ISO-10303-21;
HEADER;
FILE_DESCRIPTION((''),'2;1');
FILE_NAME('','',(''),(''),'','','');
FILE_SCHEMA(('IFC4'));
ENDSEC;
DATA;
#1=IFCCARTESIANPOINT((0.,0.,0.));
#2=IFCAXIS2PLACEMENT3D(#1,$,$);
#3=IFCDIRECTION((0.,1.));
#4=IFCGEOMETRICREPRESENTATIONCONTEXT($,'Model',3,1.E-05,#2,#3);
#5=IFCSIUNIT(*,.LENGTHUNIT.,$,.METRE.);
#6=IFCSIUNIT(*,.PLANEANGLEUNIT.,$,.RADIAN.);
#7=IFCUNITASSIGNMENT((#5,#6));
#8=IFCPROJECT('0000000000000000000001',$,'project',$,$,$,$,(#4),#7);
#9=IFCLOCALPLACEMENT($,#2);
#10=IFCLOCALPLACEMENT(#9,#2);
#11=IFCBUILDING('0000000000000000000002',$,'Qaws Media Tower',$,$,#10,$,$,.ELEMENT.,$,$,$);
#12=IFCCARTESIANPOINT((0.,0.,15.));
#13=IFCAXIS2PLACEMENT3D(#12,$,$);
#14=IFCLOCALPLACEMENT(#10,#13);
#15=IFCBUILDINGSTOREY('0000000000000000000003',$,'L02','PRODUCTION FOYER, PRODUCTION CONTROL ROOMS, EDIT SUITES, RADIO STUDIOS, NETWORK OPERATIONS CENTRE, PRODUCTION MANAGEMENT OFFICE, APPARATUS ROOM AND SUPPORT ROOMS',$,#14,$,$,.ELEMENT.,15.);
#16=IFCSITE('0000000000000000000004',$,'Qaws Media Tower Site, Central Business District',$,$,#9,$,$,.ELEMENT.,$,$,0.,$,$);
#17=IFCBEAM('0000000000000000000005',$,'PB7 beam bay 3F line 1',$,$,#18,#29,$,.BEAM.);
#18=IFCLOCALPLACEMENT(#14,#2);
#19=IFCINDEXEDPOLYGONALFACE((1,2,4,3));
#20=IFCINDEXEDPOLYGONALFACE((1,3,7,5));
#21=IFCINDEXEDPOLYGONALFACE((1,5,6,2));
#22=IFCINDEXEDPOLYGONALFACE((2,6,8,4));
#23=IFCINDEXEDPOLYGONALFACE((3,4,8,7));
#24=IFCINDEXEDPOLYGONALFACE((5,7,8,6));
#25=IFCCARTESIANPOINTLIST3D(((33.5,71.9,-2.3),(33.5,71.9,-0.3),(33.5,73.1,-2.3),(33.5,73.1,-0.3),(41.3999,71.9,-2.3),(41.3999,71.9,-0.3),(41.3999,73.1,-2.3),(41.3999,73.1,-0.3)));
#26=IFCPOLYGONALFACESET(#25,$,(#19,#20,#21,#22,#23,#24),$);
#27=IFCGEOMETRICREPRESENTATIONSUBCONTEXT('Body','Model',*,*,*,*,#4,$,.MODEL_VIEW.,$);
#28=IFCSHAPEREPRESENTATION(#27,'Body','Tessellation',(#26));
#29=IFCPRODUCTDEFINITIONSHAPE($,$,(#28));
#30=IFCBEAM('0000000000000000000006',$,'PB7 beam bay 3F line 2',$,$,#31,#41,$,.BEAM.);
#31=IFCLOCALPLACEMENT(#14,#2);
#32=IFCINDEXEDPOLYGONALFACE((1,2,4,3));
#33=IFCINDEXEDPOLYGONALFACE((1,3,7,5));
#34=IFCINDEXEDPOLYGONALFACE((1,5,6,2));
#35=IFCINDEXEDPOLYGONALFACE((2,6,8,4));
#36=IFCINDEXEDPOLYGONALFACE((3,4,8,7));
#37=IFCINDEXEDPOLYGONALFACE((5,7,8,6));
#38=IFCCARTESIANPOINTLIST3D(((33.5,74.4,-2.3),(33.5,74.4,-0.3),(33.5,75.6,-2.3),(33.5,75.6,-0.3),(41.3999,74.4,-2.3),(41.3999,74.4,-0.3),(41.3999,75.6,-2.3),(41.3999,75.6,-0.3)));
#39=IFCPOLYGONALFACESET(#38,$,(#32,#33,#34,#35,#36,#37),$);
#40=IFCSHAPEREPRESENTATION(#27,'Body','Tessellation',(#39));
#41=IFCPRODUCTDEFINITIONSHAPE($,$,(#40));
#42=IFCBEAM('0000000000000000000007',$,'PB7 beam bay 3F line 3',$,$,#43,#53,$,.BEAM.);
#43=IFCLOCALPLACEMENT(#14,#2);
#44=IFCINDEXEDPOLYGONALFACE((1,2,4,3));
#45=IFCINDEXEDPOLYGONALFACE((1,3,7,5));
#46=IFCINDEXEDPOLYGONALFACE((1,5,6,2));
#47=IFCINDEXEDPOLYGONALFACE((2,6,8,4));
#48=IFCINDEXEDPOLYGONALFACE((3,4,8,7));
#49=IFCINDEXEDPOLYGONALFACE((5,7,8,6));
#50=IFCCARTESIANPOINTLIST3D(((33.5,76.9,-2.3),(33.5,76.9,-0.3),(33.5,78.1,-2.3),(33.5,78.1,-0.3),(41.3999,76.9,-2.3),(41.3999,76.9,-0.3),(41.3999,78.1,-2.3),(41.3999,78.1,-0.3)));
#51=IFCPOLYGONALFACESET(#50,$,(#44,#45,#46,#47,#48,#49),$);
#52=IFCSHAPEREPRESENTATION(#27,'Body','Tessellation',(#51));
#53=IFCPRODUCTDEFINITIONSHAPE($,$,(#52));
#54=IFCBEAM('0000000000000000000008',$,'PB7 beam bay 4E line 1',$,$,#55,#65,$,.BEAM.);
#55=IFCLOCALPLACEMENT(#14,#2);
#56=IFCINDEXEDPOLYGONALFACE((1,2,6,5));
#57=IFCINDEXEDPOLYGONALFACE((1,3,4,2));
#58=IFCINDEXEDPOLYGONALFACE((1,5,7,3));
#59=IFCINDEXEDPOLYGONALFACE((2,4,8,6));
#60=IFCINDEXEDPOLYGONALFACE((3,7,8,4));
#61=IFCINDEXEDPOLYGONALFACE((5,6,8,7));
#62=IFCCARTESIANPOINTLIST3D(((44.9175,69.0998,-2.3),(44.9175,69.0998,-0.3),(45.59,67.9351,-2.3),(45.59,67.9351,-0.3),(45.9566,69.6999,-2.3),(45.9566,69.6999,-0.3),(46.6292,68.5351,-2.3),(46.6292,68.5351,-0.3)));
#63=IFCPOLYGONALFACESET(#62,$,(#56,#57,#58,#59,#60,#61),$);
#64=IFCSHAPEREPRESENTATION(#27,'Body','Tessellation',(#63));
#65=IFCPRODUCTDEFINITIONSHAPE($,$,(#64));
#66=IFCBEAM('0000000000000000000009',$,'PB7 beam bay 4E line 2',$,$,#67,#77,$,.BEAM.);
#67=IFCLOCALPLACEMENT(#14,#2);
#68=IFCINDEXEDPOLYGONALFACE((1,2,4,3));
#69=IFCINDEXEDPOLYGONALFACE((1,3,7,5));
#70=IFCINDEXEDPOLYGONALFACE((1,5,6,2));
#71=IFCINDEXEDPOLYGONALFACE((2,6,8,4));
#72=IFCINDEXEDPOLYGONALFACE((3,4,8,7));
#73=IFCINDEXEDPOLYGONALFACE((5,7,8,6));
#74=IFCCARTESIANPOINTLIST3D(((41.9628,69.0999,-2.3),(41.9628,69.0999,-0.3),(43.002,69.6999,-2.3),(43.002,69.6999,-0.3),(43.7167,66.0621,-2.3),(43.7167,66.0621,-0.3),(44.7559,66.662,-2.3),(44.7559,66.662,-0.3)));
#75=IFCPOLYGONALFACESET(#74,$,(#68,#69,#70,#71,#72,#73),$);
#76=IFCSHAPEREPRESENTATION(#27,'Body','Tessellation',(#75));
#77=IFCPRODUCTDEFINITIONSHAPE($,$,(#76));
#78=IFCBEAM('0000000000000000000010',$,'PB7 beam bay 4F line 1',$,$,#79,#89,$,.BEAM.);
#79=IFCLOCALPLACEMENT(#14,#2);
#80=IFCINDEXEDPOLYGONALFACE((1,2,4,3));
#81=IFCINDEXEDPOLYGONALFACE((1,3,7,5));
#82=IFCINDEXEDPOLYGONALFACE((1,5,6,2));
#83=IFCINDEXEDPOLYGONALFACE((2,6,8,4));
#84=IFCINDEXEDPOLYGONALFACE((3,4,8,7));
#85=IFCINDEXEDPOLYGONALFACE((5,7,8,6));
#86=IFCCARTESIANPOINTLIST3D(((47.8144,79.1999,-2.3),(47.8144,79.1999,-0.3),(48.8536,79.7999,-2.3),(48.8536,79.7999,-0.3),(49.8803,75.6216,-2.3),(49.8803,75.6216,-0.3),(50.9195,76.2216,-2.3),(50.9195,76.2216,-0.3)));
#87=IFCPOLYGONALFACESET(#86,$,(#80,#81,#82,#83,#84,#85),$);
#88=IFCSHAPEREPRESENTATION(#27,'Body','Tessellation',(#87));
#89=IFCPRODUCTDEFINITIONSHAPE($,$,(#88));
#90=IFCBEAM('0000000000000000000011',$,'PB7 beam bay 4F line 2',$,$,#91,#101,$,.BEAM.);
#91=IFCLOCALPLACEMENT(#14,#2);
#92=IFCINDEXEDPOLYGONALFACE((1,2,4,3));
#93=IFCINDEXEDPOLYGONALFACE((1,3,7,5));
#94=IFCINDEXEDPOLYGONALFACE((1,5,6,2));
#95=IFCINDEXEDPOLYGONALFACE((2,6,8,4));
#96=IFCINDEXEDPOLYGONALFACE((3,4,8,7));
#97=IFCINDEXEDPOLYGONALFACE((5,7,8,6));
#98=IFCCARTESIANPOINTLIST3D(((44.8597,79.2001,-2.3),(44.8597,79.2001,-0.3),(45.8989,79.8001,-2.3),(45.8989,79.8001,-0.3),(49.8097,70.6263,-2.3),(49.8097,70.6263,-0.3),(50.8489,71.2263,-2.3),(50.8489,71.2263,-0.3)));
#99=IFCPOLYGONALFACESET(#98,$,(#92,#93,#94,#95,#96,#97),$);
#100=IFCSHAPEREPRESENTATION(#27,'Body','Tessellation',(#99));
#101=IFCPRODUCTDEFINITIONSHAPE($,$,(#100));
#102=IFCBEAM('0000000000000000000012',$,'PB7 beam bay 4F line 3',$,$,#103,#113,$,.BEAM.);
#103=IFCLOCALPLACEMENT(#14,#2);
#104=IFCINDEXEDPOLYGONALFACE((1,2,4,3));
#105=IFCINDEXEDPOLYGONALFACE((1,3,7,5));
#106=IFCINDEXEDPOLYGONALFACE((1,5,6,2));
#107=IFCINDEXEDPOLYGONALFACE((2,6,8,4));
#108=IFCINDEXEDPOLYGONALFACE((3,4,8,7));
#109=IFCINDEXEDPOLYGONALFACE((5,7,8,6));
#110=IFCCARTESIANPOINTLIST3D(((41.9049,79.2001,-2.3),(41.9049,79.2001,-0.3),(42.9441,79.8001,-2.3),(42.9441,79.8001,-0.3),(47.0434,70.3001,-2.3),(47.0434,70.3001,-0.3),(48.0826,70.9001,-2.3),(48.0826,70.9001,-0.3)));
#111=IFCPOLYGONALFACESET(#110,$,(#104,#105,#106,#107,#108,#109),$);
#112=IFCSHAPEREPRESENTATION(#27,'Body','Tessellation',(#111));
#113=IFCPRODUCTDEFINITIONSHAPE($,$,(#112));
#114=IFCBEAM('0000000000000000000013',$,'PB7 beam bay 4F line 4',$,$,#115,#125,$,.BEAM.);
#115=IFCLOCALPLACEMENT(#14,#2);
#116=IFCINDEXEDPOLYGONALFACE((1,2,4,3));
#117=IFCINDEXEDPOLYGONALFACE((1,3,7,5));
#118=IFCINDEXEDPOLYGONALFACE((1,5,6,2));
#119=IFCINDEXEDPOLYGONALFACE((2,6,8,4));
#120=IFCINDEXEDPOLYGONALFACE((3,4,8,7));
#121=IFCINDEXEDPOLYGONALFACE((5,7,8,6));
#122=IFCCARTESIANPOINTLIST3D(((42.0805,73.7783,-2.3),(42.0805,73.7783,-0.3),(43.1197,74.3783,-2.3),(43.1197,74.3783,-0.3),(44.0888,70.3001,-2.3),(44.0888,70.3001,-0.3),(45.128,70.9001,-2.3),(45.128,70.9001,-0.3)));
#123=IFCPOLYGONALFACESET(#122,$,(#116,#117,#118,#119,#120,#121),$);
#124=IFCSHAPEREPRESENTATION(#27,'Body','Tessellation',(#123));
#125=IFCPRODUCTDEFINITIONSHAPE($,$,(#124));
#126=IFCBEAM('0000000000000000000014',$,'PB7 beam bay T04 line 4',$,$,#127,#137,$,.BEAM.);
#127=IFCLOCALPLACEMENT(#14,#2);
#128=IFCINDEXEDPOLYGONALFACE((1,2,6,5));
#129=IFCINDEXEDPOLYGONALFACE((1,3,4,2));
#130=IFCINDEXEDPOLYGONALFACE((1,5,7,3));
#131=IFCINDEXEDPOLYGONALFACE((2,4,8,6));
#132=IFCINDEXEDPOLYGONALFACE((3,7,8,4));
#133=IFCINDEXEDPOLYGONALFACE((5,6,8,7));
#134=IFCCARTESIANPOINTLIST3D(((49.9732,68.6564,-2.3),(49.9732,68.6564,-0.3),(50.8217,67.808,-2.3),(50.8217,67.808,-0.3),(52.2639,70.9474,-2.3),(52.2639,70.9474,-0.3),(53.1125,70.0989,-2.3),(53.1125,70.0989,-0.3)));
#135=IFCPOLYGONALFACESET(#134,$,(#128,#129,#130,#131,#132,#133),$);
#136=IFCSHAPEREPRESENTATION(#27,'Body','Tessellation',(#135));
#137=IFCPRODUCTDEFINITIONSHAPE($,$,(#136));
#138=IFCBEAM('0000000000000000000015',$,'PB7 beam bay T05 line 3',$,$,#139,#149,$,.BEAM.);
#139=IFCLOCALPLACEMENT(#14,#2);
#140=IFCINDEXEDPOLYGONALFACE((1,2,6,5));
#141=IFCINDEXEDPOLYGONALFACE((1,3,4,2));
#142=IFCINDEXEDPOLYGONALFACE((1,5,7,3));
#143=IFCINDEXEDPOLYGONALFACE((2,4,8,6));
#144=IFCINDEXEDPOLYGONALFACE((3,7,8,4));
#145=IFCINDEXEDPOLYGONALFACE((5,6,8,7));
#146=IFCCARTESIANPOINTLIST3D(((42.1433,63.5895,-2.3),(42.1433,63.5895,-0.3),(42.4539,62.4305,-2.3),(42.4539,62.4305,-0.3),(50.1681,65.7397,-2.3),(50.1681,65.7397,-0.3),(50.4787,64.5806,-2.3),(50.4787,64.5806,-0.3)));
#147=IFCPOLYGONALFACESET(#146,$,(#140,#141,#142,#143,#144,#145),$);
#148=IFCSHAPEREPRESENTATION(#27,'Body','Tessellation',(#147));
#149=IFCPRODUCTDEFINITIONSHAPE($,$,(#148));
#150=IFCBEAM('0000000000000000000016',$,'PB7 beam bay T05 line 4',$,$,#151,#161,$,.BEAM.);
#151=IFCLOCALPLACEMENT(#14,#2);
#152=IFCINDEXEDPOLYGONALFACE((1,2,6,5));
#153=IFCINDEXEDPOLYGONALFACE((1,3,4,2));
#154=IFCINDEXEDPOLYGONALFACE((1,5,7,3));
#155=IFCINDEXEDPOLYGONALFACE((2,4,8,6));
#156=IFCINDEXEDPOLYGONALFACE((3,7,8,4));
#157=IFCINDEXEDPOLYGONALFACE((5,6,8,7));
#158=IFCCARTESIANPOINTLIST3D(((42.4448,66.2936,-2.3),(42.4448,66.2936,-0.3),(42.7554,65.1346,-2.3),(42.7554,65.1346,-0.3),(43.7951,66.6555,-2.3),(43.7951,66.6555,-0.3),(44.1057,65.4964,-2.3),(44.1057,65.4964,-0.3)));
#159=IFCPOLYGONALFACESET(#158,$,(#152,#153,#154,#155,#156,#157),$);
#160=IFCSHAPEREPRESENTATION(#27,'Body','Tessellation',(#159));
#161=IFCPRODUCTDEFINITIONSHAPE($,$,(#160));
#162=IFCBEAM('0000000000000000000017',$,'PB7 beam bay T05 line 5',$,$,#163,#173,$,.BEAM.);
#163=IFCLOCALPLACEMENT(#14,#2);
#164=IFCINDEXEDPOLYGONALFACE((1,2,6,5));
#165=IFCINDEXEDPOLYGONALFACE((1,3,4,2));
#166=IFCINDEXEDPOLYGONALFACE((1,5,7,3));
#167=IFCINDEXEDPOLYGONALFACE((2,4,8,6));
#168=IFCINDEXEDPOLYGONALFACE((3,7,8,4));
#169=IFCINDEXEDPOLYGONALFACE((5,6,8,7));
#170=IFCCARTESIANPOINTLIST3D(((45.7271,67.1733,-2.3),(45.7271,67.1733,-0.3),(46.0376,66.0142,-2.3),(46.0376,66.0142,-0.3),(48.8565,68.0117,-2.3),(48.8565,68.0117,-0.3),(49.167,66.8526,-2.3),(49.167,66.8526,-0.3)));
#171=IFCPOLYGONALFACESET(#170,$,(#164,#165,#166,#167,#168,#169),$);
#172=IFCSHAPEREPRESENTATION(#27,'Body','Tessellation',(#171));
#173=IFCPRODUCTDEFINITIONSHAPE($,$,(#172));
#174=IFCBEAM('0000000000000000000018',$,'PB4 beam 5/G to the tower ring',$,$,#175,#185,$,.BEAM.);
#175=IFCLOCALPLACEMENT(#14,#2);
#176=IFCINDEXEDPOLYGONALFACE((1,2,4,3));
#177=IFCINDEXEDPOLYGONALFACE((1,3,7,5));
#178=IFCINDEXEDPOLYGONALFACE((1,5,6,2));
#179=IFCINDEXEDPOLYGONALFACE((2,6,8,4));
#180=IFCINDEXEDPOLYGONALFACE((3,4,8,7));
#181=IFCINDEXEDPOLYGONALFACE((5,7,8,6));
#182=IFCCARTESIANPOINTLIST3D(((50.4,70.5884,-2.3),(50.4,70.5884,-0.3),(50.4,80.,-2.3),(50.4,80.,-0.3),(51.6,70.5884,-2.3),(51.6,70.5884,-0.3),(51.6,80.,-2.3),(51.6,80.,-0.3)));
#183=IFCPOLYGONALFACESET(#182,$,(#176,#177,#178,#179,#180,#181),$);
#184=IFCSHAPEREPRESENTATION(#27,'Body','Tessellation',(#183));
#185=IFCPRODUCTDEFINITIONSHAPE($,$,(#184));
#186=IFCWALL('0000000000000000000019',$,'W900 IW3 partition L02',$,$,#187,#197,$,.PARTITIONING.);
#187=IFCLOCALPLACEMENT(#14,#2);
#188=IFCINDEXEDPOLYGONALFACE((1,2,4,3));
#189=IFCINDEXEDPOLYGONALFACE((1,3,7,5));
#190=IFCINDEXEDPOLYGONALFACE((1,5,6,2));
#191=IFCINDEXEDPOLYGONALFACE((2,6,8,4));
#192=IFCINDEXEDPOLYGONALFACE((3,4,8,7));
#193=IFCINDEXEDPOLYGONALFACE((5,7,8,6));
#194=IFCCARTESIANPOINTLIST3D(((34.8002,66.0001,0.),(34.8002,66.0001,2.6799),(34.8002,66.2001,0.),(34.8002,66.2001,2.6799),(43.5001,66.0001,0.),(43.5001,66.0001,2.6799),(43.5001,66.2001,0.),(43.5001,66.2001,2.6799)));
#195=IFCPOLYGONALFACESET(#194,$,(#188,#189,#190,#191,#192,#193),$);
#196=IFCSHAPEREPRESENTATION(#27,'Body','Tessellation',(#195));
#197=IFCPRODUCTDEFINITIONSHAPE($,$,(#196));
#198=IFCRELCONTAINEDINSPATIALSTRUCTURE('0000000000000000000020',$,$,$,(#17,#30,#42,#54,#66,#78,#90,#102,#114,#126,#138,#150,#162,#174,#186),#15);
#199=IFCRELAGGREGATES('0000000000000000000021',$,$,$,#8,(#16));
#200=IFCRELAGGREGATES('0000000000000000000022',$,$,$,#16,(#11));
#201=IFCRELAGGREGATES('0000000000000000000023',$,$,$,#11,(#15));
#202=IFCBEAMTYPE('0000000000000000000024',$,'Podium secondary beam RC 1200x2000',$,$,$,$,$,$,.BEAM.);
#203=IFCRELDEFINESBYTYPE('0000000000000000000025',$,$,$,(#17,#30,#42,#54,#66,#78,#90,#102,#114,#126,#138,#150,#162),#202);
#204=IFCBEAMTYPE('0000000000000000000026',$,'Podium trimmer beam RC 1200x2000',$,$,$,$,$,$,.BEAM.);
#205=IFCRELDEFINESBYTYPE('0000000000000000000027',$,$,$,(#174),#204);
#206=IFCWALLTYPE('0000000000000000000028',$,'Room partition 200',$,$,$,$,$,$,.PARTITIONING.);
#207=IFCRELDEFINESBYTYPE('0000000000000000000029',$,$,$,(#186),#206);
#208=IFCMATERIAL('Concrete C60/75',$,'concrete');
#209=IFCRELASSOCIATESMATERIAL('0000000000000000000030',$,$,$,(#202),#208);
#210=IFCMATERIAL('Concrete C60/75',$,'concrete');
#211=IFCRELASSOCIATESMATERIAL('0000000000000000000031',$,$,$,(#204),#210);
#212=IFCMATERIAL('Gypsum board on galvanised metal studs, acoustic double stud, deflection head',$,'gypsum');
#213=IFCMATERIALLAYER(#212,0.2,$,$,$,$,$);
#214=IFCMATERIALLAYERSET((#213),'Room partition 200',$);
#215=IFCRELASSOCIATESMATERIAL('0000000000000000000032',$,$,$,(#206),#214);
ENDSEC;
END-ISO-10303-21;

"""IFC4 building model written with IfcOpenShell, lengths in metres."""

from ifc_helpers import new_model, si_unit, direction, frame, frame_2d, origin, origin_2d, place, context, subcontext, project, spatial, rectangle, extrude, material, layer, layer_set, material_profile, profile_set, type_object, element, save


model = new_model("IFC4")

# Units and contexts
model_context = context("Model", 3, precision=1e-05, world=origin(), true_north=direction((0.0, 1.0)))
body_context = subcontext(model_context, "Body", "Model", "MODEL_VIEW")
ifc_project = project(units=[si_unit("LENGTHUNIT", "METRE"), si_unit("PLANEANGLEUNIT", "RADIAN")], contexts=[model_context])

# Site, building, storey
site_placement = place(None, origin())
site = spatial("IfcSite", under=ifc_project, at=site_placement, Name="Qaws Media Tower Site, Central Business District", CompositionType="ELEMENT", RefElevation=0.0)
building_placement = place(site_placement, origin())
building = spatial("IfcBuilding", under=site, at=building_placement, Name="Qaws Media Tower", CompositionType="ELEMENT")
storey_placement = place(building_placement, frame((0.0, 0.0, 15.0)))
storey = spatial("IfcBuildingStorey", under=building, at=storey_placement, Name="L02", Description="PRODUCTION FOYER, PRODUCTION CONTROL ROOMS, EDIT SUITES, RADIO STUDIOS, NETWORK OPERATIONS CENTRE, PRODUCTION MANAGEMENT OFFICE, APPARATUS ROOM AND SUPPORT ROOMS", CompositionType="ELEMENT", Elevation=15.0)

# Beams
ifc_material_1 = material(Name="Concrete C60/75", Category="concrete")
ifc_material_profile_1 = material_profile(ifc_material_1, rectangle(XDim=1.2, YDim=2.0, at=origin_2d()), Name="RC 1200x2000")
ifc_profile_set_1 = profile_set([ifc_material_profile_1], Name="Concrete C60/75")
beam_type_1 = type_object("IfcBeamType", Name="Podium secondary beam RC 1200x2000", PredefinedType="BEAM", material=ifc_profile_set_1)
for number, where, z_axis, x_axis, name in (
    (1, (33.5, 72.5, -1.3), (1.0, 0.0, 0.0), (0.0, 1.0, 0.0), "PB7 beam bay 3F line 1"),
    (2, (33.5, 75.0, -1.3), (1.0, 0.0, 0.0), (0.0, 1.0, 0.0), "PB7 beam bay 3F line 2"),
    (3, (33.5, 77.5, -1.3), (1.0, 0.0, 0.0), (0.0, 1.0, 0.0), "PB7 beam bay 3F line 3"),
):
    element("IfcBeam", number, at=place(storey_placement, frame(where, z_axis=z_axis, x_axis=x_axis)), inside=storey, type_object=beam_type_1, Name=name, PredefinedType="BEAM", context=body_context, shape_type="SweptSolid", body=[
        extrude(rectangle(XDim=1.2, YDim=2.0, at=origin_2d()), origin(), (0.0, 0.0, 1.0), 7.8999),
    ])
beam_1_placement = place(storey_placement, frame((46.1096, 68.2351, -1.3), z_axis=(-0.500063, 0.865989, 0.0), x_axis=(-0.865989, -0.500063, 0.0)))
element("IfcBeam", 4, at=beam_1_placement, inside=storey, type_object=beam_type_1, Name="PB7 beam bay 4E line 1", PredefinedType="BEAM", context=body_context, shape_type="SweptSolid", body=[
    extrude(rectangle(XDim=1.2, YDim=2.0, at=origin_2d()), origin(), (0.0, 0.0, 1.0), 1.345),
])
beam_2_placement = place(storey_placement, frame((44.2363, 66.3621, -1.3), z_axis=(-0.500002, 0.866024, 0.0), x_axis=(-0.866024, -0.500002, 0.0)))
element("IfcBeam", 5, at=beam_2_placement, inside=storey, type_object=beam_type_1, Name="PB7 beam bay 4E line 2", PredefinedType="BEAM", context=body_context, shape_type="SweptSolid", body=[
    extrude(rectangle(XDim=1.2, YDim=2.0, at=origin_2d()), origin(), (0.0, 0.0, 1.0), 3.5078),
])
beam_3_placement = place(storey_placement, frame((50.3999, 75.9216, -1.3), z_axis=(-0.49999, 0.866031, 0.0), x_axis=(-0.866031, -0.49999, 0.0)))
element("IfcBeam", 6, at=beam_3_placement, inside=storey, type_object=beam_type_1, Name="PB7 beam bay 4F line 1", PredefinedType="BEAM", context=body_context, shape_type="SweptSolid", body=[
    extrude(rectangle(XDim=1.2, YDim=2.0, at=origin_2d()), origin(), (0.0, 0.0, 1.0), 4.1318),
])
beam_4_placement = place(storey_placement, frame((50.3293, 70.9263, -1.3), z_axis=(-0.499993, 0.86603, 0.0), x_axis=(-0.86603, -0.499993, 0.0)))
element("IfcBeam", 7, at=beam_4_placement, inside=storey, type_object=beam_type_1, Name="PB7 beam bay 4F line 2", PredefinedType="BEAM", context=body_context, shape_type="SweptSolid", body=[
    extrude(rectangle(XDim=1.2, YDim=2.0, at=origin_2d()), origin(), (0.0, 0.0, 1.0), 9.9001),
])
beam_5_placement = place(storey_placement, frame((47.563, 70.6001, -1.3), z_axis=(-0.500005, 0.866023, 0.0), x_axis=(-0.866023, -0.500005, 0.0)))
element("IfcBeam", 8, at=beam_5_placement, inside=storey, type_object=beam_type_1, Name="PB7 beam bay 4F line 3", PredefinedType="BEAM", context=body_context, shape_type="SweptSolid", body=[
    extrude(rectangle(XDim=1.2, YDim=2.0, at=origin_2d()), origin(), (0.0, 0.0, 1.0), 10.2769),
])
beam_6_placement = place(storey_placement, frame((44.6084, 70.6001, -1.3), z_axis=(-0.500022, 0.866012, 0.0), x_axis=(-0.866012, -0.500022, 0.0)))
element("IfcBeam", 9, at=beam_6_placement, inside=storey, type_object=beam_type_1, Name="PB7 beam bay 4F line 4", PredefinedType="BEAM", context=body_context, shape_type="SweptSolid", body=[
    extrude(rectangle(XDim=1.2, YDim=2.0, at=origin_2d()), origin(), (0.0, 0.0, 1.0), 4.0164),
])
beam_7_placement = place(storey_placement, frame((50.3975, 68.2322, -1.3), z_axis=(0.707069, 0.707144, 0.0), x_axis=(-0.707144, 0.707069, 0.0)))
element("IfcBeam", 10, at=beam_7_placement, inside=storey, type_object=beam_type_1, Name="PB7 beam bay T04 line 4", PredefinedType="BEAM", context=body_context, shape_type="SweptSolid", body=[
    extrude(rectangle(XDim=1.2, YDim=2.0, at=origin_2d()), origin(), (0.0, 0.0, 1.0), 3.2397),
])
beam_8_placement = place(storey_placement, frame((42.2986, 63.01, -1.3), z_axis=(0.965929, 0.258806, 0.0), x_axis=(-0.258806, 0.965929, 0.0)))
element("IfcBeam", 11, at=beam_8_placement, inside=storey, type_object=beam_type_1, Name="PB7 beam bay T05 line 3", PredefinedType="BEAM", context=body_context, shape_type="SweptSolid", body=[
    extrude(rectangle(XDim=1.2, YDim=2.0, at=origin_2d()), origin(), (0.0, 0.0, 1.0), 8.3079),
])
beam_9_placement = place(storey_placement, frame((42.6001, 65.7141, -1.3), z_axis=(0.965927, 0.258815, 0.0), x_axis=(-0.258815, 0.965927, 0.0)))
element("IfcBeam", 12, at=beam_9_placement, inside=storey, type_object=beam_type_1, Name="PB7 beam bay T05 line 4", PredefinedType="BEAM", context=body_context, shape_type="SweptSolid", body=[
    extrude(rectangle(XDim=1.2, YDim=2.0, at=origin_2d()), origin(), (0.0, 0.0, 1.0), 1.3979),
])
beam_10_placement = place(storey_placement, frame((45.8823, 66.5938, -1.3), z_axis=(0.965937, 0.258779, 0.0), x_axis=(-0.258779, 0.965937, 0.0)))
element("IfcBeam", 13, at=beam_10_placement, inside=storey, type_object=beam_type_1, Name="PB7 beam bay T05 line 5", PredefinedType="BEAM", context=body_context, shape_type="SweptSolid", body=[
    extrude(rectangle(XDim=1.2, YDim=2.0, at=origin_2d()), origin(), (0.0, 0.0, 1.0), 3.2397),
])
ifc_material_2 = material(Name="Concrete C60/75", Category="concrete")
ifc_material_profile_2 = material_profile(ifc_material_2, rectangle(XDim=1.2, YDim=2.0, at=origin_2d()), Name="RC 1200x2000")
ifc_profile_set_2 = profile_set([ifc_material_profile_2], Name="Concrete C60/75")
beam_type_2 = type_object("IfcBeamType", Name="Podium trimmer beam RC 1200x2000", PredefinedType="BEAM", material=ifc_profile_set_2)
beam_11_placement = place(storey_placement, frame((51.0, 80.0, -1.3), z_axis=(0.0, -1.0, 0.0), x_axis=(1.0, 0.0, 0.0)))
element("IfcBeam", 14, at=beam_11_placement, inside=storey, type_object=beam_type_2, Name="PB4 beam 5/G to the tower ring", PredefinedType="BEAM", context=body_context, shape_type="SweptSolid", body=[
    extrude(rectangle(XDim=1.2, YDim=2.0, at=origin_2d()), origin(), (0.0, 0.0, 1.0), 9.4116),
])

# Wall
ifc_material_3 = material(Name="Gypsum board on galvanised metal studs, acoustic double stud, deflection head", Category="gypsum")
ifc_layer = layer(ifc_material_3, 0.2)
ifc_layer_set = layer_set([ifc_layer], Name="Room partition 200")
wall_type = type_object("IfcWallType", Name="Room partition 200", PredefinedType="PARTITIONING", material=ifc_layer_set)
wall_1_placement = place(storey_placement, frame((34.8, 66.1001, 0.0), z_axis=(0.0, 0.0, 1.0), x_axis=(1.0, 0.0, 0.0)))
element("IfcWall", 15, at=wall_1_placement, inside=storey, type_object=wall_type, Name="W900 IW3 partition L02", PredefinedType="PARTITIONING", context=body_context, shape_type="SweptSolid", body=[
    extrude(rectangle(XDim=8.7, YDim=0.2, at=frame_2d((4.3501, 0.0))), origin(), (0.0, 0.0, 1.0), 2.6799),
])

save(model, "model.ifc")
